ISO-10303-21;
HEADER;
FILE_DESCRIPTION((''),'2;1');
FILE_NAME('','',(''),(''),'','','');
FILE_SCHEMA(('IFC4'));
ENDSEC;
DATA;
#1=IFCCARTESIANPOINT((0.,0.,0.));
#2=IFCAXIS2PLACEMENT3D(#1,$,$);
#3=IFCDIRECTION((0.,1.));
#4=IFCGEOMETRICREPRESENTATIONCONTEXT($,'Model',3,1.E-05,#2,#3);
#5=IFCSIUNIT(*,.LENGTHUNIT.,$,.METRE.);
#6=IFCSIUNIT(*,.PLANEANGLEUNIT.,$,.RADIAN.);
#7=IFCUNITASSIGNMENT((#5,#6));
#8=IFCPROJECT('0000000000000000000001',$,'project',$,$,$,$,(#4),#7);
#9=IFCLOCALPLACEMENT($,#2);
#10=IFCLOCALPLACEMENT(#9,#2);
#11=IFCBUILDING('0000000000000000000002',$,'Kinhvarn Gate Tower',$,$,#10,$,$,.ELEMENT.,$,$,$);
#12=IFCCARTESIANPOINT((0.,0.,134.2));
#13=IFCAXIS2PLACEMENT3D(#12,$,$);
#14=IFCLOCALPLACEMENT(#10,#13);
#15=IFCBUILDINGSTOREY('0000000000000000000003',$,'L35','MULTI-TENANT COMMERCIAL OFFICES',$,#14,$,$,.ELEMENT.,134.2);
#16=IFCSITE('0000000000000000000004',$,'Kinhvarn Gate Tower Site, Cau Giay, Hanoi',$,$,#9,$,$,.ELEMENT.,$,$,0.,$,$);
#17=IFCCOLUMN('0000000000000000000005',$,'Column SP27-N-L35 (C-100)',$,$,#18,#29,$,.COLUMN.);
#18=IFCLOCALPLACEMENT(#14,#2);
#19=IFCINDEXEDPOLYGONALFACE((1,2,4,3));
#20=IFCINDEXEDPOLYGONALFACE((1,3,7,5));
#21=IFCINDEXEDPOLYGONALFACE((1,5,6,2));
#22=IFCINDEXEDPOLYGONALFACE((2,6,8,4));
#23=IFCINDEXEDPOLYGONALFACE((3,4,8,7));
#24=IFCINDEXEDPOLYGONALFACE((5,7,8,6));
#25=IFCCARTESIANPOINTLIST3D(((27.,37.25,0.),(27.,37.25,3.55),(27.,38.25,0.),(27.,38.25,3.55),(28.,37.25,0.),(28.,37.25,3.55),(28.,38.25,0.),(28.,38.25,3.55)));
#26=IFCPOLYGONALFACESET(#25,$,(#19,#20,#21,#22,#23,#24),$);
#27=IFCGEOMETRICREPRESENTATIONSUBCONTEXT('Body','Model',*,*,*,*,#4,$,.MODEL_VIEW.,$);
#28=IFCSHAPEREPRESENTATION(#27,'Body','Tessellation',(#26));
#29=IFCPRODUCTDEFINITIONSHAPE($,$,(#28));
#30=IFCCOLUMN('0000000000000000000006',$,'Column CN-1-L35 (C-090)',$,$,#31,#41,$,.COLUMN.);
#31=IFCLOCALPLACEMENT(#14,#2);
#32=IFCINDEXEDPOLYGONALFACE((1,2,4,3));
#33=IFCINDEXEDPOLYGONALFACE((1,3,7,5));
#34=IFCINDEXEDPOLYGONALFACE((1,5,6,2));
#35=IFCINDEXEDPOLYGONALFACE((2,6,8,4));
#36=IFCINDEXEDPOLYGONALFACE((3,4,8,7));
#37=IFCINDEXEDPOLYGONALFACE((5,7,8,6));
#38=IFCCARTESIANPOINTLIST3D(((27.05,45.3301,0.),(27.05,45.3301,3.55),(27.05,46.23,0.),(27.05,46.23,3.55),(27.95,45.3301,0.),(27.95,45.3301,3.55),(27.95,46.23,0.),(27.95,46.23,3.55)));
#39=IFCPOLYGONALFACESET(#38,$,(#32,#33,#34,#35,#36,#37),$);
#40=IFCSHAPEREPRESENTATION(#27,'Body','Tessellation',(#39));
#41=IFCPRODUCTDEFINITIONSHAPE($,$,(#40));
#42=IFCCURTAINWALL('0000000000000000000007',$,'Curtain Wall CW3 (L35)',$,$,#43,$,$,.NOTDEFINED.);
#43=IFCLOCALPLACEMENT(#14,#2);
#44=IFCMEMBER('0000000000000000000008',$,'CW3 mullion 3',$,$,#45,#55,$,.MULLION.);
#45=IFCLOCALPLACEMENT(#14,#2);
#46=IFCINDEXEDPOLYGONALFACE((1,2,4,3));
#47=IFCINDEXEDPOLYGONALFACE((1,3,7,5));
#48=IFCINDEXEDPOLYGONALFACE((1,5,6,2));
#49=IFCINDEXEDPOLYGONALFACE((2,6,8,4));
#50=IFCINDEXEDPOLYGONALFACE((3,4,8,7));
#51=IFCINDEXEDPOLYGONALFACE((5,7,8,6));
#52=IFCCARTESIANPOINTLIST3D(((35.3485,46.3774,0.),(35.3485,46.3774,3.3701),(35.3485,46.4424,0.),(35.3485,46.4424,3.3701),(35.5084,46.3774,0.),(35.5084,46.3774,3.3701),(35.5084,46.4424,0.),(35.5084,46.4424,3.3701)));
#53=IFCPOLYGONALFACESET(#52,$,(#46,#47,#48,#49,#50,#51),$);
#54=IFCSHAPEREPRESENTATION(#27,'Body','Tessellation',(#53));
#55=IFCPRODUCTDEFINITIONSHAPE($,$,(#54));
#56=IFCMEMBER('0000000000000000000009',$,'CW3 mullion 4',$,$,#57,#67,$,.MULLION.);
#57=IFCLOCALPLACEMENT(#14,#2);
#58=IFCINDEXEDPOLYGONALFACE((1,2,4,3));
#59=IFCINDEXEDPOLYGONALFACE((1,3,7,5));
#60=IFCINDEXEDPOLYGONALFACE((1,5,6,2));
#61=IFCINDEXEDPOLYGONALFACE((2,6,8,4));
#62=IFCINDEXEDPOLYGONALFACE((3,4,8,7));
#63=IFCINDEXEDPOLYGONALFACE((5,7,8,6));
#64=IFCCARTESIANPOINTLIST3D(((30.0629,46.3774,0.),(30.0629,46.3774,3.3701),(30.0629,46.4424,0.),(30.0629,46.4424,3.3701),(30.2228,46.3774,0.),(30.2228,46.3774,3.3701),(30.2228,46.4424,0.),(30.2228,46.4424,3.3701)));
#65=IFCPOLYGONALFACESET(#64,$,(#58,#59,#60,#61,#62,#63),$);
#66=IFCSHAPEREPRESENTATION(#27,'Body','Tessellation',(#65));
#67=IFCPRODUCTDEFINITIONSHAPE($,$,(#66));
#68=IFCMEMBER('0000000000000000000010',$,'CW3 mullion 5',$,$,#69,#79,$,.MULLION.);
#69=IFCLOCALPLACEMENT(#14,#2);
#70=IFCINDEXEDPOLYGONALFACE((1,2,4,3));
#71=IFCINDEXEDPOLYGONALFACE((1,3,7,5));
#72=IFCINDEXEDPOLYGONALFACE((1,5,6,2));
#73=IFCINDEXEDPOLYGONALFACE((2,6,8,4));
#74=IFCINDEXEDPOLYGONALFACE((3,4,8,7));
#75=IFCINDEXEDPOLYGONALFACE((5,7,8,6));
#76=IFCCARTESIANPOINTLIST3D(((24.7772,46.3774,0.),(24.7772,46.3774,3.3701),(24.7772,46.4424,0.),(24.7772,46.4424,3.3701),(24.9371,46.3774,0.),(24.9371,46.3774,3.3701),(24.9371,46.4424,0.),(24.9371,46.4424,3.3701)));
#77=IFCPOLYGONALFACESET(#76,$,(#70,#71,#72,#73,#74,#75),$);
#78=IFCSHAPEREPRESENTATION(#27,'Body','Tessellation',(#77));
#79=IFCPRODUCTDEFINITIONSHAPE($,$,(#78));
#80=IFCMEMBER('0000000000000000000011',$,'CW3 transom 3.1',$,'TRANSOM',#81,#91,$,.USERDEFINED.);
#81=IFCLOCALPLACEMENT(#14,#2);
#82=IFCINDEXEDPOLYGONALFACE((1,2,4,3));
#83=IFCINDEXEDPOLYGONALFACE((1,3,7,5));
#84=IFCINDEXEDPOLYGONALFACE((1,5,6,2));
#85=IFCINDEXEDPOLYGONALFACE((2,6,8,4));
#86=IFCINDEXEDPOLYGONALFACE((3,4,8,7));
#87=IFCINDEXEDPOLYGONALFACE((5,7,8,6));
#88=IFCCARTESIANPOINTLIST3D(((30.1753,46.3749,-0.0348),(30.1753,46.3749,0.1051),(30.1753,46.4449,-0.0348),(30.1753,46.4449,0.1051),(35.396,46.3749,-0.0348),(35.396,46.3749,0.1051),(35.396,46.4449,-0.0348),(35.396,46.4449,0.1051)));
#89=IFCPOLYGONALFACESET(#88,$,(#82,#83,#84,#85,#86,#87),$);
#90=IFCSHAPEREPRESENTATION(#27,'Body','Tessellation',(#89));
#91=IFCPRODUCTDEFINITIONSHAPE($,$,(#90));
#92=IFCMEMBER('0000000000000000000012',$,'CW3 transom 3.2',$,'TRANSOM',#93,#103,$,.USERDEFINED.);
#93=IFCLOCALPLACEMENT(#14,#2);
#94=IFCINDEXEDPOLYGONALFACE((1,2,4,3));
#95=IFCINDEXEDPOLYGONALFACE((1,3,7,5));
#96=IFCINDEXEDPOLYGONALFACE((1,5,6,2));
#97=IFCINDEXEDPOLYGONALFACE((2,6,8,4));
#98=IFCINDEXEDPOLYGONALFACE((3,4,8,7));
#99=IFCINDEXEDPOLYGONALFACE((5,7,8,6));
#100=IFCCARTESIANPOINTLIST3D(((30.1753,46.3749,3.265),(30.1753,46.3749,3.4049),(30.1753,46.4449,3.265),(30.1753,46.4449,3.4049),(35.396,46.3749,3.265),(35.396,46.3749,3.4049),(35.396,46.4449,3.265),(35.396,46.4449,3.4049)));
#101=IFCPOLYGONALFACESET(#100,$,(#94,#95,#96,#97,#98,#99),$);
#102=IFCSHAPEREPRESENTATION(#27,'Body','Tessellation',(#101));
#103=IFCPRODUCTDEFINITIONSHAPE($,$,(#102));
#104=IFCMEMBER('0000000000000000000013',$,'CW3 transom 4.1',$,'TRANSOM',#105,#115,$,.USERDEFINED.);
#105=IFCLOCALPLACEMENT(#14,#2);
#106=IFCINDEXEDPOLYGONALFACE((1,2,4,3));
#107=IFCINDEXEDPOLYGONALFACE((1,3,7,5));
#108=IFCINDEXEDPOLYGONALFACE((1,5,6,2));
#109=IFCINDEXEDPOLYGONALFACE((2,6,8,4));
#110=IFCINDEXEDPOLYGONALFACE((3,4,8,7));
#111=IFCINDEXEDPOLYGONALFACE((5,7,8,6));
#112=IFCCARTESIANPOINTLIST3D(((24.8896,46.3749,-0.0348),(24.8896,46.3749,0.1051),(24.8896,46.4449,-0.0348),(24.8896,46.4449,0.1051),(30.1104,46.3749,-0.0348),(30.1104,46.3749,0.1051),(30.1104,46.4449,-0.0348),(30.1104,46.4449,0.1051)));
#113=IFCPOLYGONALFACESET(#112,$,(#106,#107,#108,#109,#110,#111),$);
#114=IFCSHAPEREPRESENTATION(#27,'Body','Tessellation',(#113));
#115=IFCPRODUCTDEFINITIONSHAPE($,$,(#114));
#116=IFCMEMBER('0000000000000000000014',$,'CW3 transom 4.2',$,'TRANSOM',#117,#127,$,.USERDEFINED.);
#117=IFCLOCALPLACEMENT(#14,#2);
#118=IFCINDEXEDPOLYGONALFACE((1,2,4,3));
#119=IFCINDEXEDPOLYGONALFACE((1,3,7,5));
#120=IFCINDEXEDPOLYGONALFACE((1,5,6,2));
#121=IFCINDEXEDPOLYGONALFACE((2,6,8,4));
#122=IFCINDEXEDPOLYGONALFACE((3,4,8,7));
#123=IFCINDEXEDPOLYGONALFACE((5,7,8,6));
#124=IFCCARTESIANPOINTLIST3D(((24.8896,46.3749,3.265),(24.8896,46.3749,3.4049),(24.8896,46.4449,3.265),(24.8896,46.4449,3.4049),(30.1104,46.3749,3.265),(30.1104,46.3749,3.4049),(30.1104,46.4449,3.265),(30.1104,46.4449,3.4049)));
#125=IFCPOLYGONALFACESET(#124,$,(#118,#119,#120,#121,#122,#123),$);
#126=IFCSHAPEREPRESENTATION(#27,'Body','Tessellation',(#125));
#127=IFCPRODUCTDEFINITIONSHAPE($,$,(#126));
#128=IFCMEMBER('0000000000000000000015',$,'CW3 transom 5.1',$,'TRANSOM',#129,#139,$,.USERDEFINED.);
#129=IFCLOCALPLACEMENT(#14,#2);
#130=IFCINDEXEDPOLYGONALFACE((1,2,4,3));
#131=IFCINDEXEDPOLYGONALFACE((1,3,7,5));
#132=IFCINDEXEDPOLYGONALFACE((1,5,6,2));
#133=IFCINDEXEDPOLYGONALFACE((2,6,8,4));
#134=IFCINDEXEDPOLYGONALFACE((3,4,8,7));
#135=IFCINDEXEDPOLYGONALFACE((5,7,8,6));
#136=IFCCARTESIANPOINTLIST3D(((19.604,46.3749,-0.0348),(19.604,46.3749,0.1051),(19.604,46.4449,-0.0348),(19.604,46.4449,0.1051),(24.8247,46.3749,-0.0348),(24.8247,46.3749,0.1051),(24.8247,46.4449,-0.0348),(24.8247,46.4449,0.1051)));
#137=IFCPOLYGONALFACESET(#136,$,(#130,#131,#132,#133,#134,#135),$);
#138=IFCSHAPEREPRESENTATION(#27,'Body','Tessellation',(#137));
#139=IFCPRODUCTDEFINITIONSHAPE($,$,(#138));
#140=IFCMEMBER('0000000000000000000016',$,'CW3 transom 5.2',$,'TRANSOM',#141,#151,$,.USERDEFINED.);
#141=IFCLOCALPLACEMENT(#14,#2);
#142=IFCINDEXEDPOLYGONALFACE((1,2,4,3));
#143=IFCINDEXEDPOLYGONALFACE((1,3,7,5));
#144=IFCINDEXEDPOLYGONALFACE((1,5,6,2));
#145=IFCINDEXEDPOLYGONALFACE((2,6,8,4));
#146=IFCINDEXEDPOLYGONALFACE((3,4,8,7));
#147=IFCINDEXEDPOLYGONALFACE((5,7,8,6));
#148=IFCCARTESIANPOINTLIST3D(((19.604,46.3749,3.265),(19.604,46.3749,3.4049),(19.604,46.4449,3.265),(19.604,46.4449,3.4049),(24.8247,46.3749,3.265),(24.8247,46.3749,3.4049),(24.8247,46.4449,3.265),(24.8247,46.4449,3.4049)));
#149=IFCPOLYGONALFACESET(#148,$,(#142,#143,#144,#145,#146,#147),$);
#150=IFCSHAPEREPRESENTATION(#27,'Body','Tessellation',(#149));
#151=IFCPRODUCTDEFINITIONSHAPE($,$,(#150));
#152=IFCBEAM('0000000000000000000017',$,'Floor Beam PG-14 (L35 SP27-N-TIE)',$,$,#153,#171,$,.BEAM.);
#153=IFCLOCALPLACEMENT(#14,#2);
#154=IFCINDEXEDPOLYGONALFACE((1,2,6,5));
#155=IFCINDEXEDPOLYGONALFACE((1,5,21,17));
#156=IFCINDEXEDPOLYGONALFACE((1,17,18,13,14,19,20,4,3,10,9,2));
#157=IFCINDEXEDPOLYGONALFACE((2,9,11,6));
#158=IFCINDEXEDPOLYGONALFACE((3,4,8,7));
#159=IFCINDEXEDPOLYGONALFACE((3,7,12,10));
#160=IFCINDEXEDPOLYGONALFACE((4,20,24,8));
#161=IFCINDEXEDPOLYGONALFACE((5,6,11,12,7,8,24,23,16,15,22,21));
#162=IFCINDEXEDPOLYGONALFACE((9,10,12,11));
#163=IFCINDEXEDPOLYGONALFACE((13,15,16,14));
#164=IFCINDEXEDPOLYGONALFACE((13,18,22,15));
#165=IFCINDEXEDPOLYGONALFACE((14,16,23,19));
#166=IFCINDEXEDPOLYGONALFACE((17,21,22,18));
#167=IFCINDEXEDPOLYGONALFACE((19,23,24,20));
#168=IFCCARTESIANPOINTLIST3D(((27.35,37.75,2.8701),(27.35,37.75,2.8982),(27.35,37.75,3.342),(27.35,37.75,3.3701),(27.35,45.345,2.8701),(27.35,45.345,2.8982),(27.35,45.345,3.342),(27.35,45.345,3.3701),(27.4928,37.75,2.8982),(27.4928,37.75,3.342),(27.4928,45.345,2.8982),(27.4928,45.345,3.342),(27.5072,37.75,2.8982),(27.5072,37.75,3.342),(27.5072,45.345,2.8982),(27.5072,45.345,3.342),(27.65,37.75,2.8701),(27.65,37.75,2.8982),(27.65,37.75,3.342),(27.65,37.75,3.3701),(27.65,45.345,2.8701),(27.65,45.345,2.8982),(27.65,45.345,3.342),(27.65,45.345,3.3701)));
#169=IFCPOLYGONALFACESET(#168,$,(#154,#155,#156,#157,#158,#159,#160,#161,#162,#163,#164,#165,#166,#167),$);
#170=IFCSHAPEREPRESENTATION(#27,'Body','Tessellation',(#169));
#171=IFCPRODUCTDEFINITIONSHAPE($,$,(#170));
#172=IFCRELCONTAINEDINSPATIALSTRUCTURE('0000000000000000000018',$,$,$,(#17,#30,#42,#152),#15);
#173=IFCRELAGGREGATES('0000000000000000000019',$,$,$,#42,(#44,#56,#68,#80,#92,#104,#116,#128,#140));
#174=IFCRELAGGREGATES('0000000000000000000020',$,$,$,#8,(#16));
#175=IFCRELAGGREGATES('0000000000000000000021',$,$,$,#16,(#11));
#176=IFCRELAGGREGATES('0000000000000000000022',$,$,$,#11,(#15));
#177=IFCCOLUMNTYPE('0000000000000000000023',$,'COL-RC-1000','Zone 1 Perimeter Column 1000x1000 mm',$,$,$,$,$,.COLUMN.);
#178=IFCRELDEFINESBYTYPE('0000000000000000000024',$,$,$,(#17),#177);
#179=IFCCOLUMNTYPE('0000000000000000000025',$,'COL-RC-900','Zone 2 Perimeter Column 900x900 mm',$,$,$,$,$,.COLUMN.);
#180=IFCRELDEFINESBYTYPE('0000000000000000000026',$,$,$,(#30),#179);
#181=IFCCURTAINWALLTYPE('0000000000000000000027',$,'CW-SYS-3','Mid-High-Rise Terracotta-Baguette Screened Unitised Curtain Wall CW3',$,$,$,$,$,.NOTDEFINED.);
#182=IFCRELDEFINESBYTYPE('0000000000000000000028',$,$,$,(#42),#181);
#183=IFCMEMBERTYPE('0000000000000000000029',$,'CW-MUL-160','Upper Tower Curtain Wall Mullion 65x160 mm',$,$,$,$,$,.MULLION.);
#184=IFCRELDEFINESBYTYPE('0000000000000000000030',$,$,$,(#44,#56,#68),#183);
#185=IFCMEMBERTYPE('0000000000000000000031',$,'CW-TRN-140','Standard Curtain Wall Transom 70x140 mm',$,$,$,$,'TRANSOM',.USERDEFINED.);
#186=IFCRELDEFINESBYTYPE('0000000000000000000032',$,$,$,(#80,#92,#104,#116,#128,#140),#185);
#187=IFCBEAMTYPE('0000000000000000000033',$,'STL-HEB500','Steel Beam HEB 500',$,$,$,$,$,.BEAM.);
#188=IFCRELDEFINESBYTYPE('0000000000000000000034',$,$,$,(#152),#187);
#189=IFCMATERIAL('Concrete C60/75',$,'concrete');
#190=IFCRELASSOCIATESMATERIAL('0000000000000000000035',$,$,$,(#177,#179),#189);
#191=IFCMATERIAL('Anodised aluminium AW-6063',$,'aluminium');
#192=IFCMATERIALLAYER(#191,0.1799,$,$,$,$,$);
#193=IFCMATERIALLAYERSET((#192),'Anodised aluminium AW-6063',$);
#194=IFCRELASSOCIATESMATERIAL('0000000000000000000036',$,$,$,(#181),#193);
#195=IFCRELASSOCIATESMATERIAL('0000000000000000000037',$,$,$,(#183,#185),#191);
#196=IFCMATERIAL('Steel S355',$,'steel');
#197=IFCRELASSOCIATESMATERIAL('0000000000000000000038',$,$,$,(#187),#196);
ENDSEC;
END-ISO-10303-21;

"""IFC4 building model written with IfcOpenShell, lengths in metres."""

from ifc_helpers import new_model, si_unit, direction, frame, origin, origin_2d, place, context, subcontext, project, spatial, rectangle, i_section, extrude, material, layer, layer_set, material_profile, profile_set, type_object, element, aggregate, save


model = new_model("IFC4")

# Units and contexts
model_context = context("Model", 3, precision=1e-05, world=origin(), true_north=direction((0.0, 1.0)))
body_context = subcontext(model_context, "Body", "Model", "MODEL_VIEW")
ifc_project = project(units=[si_unit("LENGTHUNIT", "METRE"), si_unit("PLANEANGLEUNIT", "RADIAN")], contexts=[model_context])

# Site, building, storey
site_placement = place(None, origin())
site = spatial("IfcSite", under=ifc_project, at=site_placement, Name="Kinhvarn Gate Tower Site, Cau Giay, Hanoi", CompositionType="ELEMENT", RefElevation=0.0)
building_placement = place(site_placement, origin())
building = spatial("IfcBuilding", under=site, at=building_placement, Name="Kinhvarn Gate Tower", CompositionType="ELEMENT")
storey_placement = place(building_placement, frame((0.0, 0.0, 134.2)))
storey = spatial("IfcBuildingStorey", under=building, at=storey_placement, Name="L35", Description="MULTI-TENANT COMMERCIAL OFFICES", CompositionType="ELEMENT", Elevation=134.2)

# Columns
ifc_material_1 = material(Name="Concrete C60/75", Category="concrete")
ifc_material_profile_1 = material_profile(ifc_material_1, rectangle(XDim=1.0, YDim=1.0, at=origin_2d()), Name="RC 1000x1000")
ifc_profile_set_1 = profile_set([ifc_material_profile_1], Name="Concrete C60/75")
column_type_1 = type_object("IfcColumnType", Name="COL-RC-1000", Description="Zone 1 Perimeter Column 1000x1000 mm", PredefinedType="COLUMN", material=ifc_profile_set_1)
column_1_placement = place(storey_placement, frame((27.5, 37.75, 0.0), z_axis=(0.0, 0.0, 1.0), x_axis=(1.0, 0.0, 0.0)))
element("IfcColumn", 1, at=column_1_placement, inside=storey, type_object=column_type_1, Name="Column SP27-N-L35 (C-100)", PredefinedType="COLUMN", context=body_context, shape_type="SweptSolid", body=[
    extrude(rectangle(XDim=1.0, YDim=1.0, at=origin_2d()), origin(), (0.0, 0.0, 1.0), 3.55),
])
ifc_material_profile_2 = material_profile(ifc_material_1, rectangle(XDim=0.8999, YDim=0.8999, at=origin_2d()), Name="RC 900x900")
ifc_profile_set_2 = profile_set([ifc_material_profile_2], Name="Concrete C60/75")
column_type_2 = type_object("IfcColumnType", Name="COL-RC-900", Description="Zone 2 Perimeter Column 900x900 mm", PredefinedType="COLUMN", material=ifc_profile_set_2)
column_2_placement = place(storey_placement, frame((27.5, 45.78, 0.0), z_axis=(0.0, 0.0, 1.0), x_axis=(1.0, 0.0, 0.0)))
element("IfcColumn", 2, at=column_2_placement, inside=storey, type_object=column_type_2, Name="Column CN-1-L35 (C-090)", PredefinedType="COLUMN", context=body_context, shape_type="SweptSolid", body=[
    extrude(rectangle(XDim=0.8999, YDim=0.8999, at=origin_2d()), origin(), (0.0, 0.0, 1.0), 3.55),
])

# Curtain wall, members
ifc_material_2 = material(Name="Anodised aluminium AW-6063", Category="aluminium")
ifc_layer_1 = layer(ifc_material_2, 0.1799)
ifc_layer_set_1 = layer_set([ifc_layer_1], Name="Anodised aluminium AW-6063")
curtain_wall_type = type_object("IfcCurtainWallType", Name="CW-SYS-3", Description="Mid-High-Rise Terracotta-Baguette Screened Unitised Curtain Wall CW3", PredefinedType="NOTDEFINED", material=ifc_layer_set_1)
curtain_wall_placement = place(storey_placement, origin())
curtain_wall = element("IfcCurtainWall", 3, at=curtain_wall_placement, inside=storey, type_object=curtain_wall_type, Name="Curtain Wall CW3 (L35)", PredefinedType="NOTDEFINED")
ifc_material_profile_3 = material_profile(ifc_material_2, rectangle(XDim=0.0649, YDim=0.1599, at=origin_2d()), Name="ALU 65x160")
ifc_profile_set_3 = profile_set([ifc_material_profile_3], Name="Anodised aluminium AW-6063")
member_type_1 = type_object("IfcMemberType", Name="CW-MUL-160", Description="Upper Tower Curtain Wall Mullion 65x160 mm", PredefinedType="MULLION", material=ifc_profile_set_3)
member_1_placement = place(storey_placement, frame((35.4285, 46.4099, 0.0), z_axis=(0.0, 0.0, 1.0), x_axis=(0.0, -1.0, 0.0)))
member_1 = element("IfcMember", 4, at=member_1_placement, type_object=member_type_1, Name="CW3 mullion 3", PredefinedType="MULLION", context=body_context, shape_type="SweptSolid", body=[
    extrude(rectangle(XDim=0.0649, YDim=0.1599, at=origin_2d()), origin(), (0.0, 0.0, 1.0), 3.3701),
])
member_2_placement = place(storey_placement, frame((30.1428, 46.4099, 0.0), z_axis=(0.0, 0.0, 1.0), x_axis=(0.0, -1.0, 0.0)))
member_2 = element("IfcMember", 5, at=member_2_placement, type_object=member_type_1, Name="CW3 mullion 4", PredefinedType="MULLION", context=body_context, shape_type="SweptSolid", body=[
    extrude(rectangle(XDim=0.0649, YDim=0.1599, at=origin_2d()), origin(), (0.0, 0.0, 1.0), 3.3701),
])
member_3_placement = place(storey_placement, frame((24.8572, 46.4099, 0.0), z_axis=(0.0, 0.0, 1.0), x_axis=(0.0, -1.0, 0.0)))
member_3 = element("IfcMember", 6, at=member_3_placement, type_object=member_type_1, Name="CW3 mullion 5", PredefinedType="MULLION", context=body_context, shape_type="SweptSolid", body=[
    extrude(rectangle(XDim=0.0649, YDim=0.1599, at=origin_2d()), origin(), (0.0, 0.0, 1.0), 3.3701),
])
ifc_material_profile_4 = material_profile(ifc_material_2, rectangle(XDim=0.0701, YDim=0.1399, at=origin_2d()), Name="ALU 70x140")
ifc_profile_set_4 = profile_set([ifc_material_profile_4], Name="Anodised aluminium AW-6063")
member_type_2 = type_object("IfcMemberType", Name="CW-TRN-140", Description="Standard Curtain Wall Transom 70x140 mm", ElementType="TRANSOM", PredefinedType="USERDEFINED", material=ifc_profile_set_4)
member_4_placement = place(storey_placement, frame((35.396, 46.4099, 0.0352), z_axis=(-1.0, 0.0, 0.0), x_axis=(0.0, -1.0, 0.0)))
member_4 = element("IfcMember", 7, at=member_4_placement, type_object=member_type_2, Name="CW3 transom 3.1", ObjectType="TRANSOM", PredefinedType="USERDEFINED", context=body_context, shape_type="SweptSolid", body=[
    extrude(rectangle(XDim=0.0701, YDim=0.1399, at=origin_2d()), origin(), (0.0, 0.0, 1.0), 5.2207),
])
member_5_placement = place(storey_placement, frame((35.396, 46.4099, 3.335), z_axis=(-1.0, 0.0, 0.0), x_axis=(0.0, -1.0, 0.0)))
member_5 = element("IfcMember", 8, at=member_5_placement, type_object=member_type_2, Name="CW3 transom 3.2", ObjectType="TRANSOM", PredefinedType="USERDEFINED", context=body_context, shape_type="SweptSolid", body=[
    extrude(rectangle(XDim=0.0701, YDim=0.1399, at=origin_2d()), origin(), (0.0, 0.0, 1.0), 5.2207),
])
member_6_placement = place(storey_placement, frame((30.1104, 46.4099, 0.0352), z_axis=(-1.0, 0.0, 0.0), x_axis=(0.0, -1.0, 0.0)))
member_6 = element("IfcMember", 9, at=member_6_placement, type_object=member_type_2, Name="CW3 transom 4.1", ObjectType="TRANSOM", PredefinedType="USERDEFINED", context=body_context, shape_type="SweptSolid", body=[
    extrude(rectangle(XDim=0.0701, YDim=0.1399, at=origin_2d()), origin(), (0.0, 0.0, 1.0), 5.2207),
])
member_7_placement = place(storey_placement, frame((30.1104, 46.4099, 3.335), z_axis=(-1.0, 0.0, 0.0), x_axis=(0.0, -1.0, 0.0)))
member_7 = element("IfcMember", 10, at=member_7_placement, type_object=member_type_2, Name="CW3 transom 4.2", ObjectType="TRANSOM", PredefinedType="USERDEFINED", context=body_context, shape_type="SweptSolid", body=[
    extrude(rectangle(XDim=0.0701, YDim=0.1399, at=origin_2d()), origin(), (0.0, 0.0, 1.0), 5.2207),
])
member_8_placement = place(storey_placement, frame((24.8247, 46.4099, 0.0352), z_axis=(-1.0, 0.0, 0.0), x_axis=(0.0, -1.0, 0.0)))
member_8 = element("IfcMember", 11, at=member_8_placement, type_object=member_type_2, Name="CW3 transom 5.1", ObjectType="TRANSOM", PredefinedType="USERDEFINED", context=body_context, shape_type="SweptSolid", body=[
    extrude(rectangle(XDim=0.0701, YDim=0.1399, at=origin_2d()), origin(), (0.0, 0.0, 1.0), 5.2207),
])
member_9_placement = place(storey_placement, frame((24.8247, 46.4099, 3.335), z_axis=(-1.0, 0.0, 0.0), x_axis=(0.0, -1.0, 0.0)))
member_9 = element("IfcMember", 12, at=member_9_placement, type_object=member_type_2, Name="CW3 transom 5.2", ObjectType="TRANSOM", PredefinedType="USERDEFINED", context=body_context, shape_type="SweptSolid", body=[
    extrude(rectangle(XDim=0.0701, YDim=0.1399, at=origin_2d()), origin(), (0.0, 0.0, 1.0), 5.2207),
])

# Beam
ifc_material_3 = material(Name="Steel S355", Category="steel")
ifc_material_profile_5 = material_profile(ifc_material_3, i_section(OverallWidth=0.3, OverallDepth=0.5, WebThickness=0.0144, FlangeThickness=0.0281, at=origin_2d()), Name="HEB 500")
ifc_profile_set_5 = profile_set([ifc_material_profile_5], Name="Steel S355")
beam_type_1 = type_object("IfcBeamType", Name="STL-HEB500", Description="Steel Beam HEB 500", PredefinedType="BEAM", material=ifc_profile_set_5)
beam_1_placement = place(storey_placement, frame((27.5, 37.75, 3.1201), z_axis=(0.0, 1.0, 0.0), x_axis=(-1.0, 0.0, 0.0)))
element("IfcBeam", 13, at=beam_1_placement, inside=storey, type_object=beam_type_1, Name="Floor Beam PG-14 (L35 SP27-N-TIE)", PredefinedType="BEAM", context=body_context, shape_type="SweptSolid", body=[
    extrude(i_section(OverallWidth=0.3, OverallDepth=0.5, WebThickness=0.0144, FlangeThickness=0.0281, at=origin_2d()), origin(), (0.0, 0.0, 1.0), 7.595),
])

aggregate(curtain_wall, [member_1, member_2, member_3, member_4, member_5, member_6, member_7, member_8, member_9])

save(model, "model.ifc")
